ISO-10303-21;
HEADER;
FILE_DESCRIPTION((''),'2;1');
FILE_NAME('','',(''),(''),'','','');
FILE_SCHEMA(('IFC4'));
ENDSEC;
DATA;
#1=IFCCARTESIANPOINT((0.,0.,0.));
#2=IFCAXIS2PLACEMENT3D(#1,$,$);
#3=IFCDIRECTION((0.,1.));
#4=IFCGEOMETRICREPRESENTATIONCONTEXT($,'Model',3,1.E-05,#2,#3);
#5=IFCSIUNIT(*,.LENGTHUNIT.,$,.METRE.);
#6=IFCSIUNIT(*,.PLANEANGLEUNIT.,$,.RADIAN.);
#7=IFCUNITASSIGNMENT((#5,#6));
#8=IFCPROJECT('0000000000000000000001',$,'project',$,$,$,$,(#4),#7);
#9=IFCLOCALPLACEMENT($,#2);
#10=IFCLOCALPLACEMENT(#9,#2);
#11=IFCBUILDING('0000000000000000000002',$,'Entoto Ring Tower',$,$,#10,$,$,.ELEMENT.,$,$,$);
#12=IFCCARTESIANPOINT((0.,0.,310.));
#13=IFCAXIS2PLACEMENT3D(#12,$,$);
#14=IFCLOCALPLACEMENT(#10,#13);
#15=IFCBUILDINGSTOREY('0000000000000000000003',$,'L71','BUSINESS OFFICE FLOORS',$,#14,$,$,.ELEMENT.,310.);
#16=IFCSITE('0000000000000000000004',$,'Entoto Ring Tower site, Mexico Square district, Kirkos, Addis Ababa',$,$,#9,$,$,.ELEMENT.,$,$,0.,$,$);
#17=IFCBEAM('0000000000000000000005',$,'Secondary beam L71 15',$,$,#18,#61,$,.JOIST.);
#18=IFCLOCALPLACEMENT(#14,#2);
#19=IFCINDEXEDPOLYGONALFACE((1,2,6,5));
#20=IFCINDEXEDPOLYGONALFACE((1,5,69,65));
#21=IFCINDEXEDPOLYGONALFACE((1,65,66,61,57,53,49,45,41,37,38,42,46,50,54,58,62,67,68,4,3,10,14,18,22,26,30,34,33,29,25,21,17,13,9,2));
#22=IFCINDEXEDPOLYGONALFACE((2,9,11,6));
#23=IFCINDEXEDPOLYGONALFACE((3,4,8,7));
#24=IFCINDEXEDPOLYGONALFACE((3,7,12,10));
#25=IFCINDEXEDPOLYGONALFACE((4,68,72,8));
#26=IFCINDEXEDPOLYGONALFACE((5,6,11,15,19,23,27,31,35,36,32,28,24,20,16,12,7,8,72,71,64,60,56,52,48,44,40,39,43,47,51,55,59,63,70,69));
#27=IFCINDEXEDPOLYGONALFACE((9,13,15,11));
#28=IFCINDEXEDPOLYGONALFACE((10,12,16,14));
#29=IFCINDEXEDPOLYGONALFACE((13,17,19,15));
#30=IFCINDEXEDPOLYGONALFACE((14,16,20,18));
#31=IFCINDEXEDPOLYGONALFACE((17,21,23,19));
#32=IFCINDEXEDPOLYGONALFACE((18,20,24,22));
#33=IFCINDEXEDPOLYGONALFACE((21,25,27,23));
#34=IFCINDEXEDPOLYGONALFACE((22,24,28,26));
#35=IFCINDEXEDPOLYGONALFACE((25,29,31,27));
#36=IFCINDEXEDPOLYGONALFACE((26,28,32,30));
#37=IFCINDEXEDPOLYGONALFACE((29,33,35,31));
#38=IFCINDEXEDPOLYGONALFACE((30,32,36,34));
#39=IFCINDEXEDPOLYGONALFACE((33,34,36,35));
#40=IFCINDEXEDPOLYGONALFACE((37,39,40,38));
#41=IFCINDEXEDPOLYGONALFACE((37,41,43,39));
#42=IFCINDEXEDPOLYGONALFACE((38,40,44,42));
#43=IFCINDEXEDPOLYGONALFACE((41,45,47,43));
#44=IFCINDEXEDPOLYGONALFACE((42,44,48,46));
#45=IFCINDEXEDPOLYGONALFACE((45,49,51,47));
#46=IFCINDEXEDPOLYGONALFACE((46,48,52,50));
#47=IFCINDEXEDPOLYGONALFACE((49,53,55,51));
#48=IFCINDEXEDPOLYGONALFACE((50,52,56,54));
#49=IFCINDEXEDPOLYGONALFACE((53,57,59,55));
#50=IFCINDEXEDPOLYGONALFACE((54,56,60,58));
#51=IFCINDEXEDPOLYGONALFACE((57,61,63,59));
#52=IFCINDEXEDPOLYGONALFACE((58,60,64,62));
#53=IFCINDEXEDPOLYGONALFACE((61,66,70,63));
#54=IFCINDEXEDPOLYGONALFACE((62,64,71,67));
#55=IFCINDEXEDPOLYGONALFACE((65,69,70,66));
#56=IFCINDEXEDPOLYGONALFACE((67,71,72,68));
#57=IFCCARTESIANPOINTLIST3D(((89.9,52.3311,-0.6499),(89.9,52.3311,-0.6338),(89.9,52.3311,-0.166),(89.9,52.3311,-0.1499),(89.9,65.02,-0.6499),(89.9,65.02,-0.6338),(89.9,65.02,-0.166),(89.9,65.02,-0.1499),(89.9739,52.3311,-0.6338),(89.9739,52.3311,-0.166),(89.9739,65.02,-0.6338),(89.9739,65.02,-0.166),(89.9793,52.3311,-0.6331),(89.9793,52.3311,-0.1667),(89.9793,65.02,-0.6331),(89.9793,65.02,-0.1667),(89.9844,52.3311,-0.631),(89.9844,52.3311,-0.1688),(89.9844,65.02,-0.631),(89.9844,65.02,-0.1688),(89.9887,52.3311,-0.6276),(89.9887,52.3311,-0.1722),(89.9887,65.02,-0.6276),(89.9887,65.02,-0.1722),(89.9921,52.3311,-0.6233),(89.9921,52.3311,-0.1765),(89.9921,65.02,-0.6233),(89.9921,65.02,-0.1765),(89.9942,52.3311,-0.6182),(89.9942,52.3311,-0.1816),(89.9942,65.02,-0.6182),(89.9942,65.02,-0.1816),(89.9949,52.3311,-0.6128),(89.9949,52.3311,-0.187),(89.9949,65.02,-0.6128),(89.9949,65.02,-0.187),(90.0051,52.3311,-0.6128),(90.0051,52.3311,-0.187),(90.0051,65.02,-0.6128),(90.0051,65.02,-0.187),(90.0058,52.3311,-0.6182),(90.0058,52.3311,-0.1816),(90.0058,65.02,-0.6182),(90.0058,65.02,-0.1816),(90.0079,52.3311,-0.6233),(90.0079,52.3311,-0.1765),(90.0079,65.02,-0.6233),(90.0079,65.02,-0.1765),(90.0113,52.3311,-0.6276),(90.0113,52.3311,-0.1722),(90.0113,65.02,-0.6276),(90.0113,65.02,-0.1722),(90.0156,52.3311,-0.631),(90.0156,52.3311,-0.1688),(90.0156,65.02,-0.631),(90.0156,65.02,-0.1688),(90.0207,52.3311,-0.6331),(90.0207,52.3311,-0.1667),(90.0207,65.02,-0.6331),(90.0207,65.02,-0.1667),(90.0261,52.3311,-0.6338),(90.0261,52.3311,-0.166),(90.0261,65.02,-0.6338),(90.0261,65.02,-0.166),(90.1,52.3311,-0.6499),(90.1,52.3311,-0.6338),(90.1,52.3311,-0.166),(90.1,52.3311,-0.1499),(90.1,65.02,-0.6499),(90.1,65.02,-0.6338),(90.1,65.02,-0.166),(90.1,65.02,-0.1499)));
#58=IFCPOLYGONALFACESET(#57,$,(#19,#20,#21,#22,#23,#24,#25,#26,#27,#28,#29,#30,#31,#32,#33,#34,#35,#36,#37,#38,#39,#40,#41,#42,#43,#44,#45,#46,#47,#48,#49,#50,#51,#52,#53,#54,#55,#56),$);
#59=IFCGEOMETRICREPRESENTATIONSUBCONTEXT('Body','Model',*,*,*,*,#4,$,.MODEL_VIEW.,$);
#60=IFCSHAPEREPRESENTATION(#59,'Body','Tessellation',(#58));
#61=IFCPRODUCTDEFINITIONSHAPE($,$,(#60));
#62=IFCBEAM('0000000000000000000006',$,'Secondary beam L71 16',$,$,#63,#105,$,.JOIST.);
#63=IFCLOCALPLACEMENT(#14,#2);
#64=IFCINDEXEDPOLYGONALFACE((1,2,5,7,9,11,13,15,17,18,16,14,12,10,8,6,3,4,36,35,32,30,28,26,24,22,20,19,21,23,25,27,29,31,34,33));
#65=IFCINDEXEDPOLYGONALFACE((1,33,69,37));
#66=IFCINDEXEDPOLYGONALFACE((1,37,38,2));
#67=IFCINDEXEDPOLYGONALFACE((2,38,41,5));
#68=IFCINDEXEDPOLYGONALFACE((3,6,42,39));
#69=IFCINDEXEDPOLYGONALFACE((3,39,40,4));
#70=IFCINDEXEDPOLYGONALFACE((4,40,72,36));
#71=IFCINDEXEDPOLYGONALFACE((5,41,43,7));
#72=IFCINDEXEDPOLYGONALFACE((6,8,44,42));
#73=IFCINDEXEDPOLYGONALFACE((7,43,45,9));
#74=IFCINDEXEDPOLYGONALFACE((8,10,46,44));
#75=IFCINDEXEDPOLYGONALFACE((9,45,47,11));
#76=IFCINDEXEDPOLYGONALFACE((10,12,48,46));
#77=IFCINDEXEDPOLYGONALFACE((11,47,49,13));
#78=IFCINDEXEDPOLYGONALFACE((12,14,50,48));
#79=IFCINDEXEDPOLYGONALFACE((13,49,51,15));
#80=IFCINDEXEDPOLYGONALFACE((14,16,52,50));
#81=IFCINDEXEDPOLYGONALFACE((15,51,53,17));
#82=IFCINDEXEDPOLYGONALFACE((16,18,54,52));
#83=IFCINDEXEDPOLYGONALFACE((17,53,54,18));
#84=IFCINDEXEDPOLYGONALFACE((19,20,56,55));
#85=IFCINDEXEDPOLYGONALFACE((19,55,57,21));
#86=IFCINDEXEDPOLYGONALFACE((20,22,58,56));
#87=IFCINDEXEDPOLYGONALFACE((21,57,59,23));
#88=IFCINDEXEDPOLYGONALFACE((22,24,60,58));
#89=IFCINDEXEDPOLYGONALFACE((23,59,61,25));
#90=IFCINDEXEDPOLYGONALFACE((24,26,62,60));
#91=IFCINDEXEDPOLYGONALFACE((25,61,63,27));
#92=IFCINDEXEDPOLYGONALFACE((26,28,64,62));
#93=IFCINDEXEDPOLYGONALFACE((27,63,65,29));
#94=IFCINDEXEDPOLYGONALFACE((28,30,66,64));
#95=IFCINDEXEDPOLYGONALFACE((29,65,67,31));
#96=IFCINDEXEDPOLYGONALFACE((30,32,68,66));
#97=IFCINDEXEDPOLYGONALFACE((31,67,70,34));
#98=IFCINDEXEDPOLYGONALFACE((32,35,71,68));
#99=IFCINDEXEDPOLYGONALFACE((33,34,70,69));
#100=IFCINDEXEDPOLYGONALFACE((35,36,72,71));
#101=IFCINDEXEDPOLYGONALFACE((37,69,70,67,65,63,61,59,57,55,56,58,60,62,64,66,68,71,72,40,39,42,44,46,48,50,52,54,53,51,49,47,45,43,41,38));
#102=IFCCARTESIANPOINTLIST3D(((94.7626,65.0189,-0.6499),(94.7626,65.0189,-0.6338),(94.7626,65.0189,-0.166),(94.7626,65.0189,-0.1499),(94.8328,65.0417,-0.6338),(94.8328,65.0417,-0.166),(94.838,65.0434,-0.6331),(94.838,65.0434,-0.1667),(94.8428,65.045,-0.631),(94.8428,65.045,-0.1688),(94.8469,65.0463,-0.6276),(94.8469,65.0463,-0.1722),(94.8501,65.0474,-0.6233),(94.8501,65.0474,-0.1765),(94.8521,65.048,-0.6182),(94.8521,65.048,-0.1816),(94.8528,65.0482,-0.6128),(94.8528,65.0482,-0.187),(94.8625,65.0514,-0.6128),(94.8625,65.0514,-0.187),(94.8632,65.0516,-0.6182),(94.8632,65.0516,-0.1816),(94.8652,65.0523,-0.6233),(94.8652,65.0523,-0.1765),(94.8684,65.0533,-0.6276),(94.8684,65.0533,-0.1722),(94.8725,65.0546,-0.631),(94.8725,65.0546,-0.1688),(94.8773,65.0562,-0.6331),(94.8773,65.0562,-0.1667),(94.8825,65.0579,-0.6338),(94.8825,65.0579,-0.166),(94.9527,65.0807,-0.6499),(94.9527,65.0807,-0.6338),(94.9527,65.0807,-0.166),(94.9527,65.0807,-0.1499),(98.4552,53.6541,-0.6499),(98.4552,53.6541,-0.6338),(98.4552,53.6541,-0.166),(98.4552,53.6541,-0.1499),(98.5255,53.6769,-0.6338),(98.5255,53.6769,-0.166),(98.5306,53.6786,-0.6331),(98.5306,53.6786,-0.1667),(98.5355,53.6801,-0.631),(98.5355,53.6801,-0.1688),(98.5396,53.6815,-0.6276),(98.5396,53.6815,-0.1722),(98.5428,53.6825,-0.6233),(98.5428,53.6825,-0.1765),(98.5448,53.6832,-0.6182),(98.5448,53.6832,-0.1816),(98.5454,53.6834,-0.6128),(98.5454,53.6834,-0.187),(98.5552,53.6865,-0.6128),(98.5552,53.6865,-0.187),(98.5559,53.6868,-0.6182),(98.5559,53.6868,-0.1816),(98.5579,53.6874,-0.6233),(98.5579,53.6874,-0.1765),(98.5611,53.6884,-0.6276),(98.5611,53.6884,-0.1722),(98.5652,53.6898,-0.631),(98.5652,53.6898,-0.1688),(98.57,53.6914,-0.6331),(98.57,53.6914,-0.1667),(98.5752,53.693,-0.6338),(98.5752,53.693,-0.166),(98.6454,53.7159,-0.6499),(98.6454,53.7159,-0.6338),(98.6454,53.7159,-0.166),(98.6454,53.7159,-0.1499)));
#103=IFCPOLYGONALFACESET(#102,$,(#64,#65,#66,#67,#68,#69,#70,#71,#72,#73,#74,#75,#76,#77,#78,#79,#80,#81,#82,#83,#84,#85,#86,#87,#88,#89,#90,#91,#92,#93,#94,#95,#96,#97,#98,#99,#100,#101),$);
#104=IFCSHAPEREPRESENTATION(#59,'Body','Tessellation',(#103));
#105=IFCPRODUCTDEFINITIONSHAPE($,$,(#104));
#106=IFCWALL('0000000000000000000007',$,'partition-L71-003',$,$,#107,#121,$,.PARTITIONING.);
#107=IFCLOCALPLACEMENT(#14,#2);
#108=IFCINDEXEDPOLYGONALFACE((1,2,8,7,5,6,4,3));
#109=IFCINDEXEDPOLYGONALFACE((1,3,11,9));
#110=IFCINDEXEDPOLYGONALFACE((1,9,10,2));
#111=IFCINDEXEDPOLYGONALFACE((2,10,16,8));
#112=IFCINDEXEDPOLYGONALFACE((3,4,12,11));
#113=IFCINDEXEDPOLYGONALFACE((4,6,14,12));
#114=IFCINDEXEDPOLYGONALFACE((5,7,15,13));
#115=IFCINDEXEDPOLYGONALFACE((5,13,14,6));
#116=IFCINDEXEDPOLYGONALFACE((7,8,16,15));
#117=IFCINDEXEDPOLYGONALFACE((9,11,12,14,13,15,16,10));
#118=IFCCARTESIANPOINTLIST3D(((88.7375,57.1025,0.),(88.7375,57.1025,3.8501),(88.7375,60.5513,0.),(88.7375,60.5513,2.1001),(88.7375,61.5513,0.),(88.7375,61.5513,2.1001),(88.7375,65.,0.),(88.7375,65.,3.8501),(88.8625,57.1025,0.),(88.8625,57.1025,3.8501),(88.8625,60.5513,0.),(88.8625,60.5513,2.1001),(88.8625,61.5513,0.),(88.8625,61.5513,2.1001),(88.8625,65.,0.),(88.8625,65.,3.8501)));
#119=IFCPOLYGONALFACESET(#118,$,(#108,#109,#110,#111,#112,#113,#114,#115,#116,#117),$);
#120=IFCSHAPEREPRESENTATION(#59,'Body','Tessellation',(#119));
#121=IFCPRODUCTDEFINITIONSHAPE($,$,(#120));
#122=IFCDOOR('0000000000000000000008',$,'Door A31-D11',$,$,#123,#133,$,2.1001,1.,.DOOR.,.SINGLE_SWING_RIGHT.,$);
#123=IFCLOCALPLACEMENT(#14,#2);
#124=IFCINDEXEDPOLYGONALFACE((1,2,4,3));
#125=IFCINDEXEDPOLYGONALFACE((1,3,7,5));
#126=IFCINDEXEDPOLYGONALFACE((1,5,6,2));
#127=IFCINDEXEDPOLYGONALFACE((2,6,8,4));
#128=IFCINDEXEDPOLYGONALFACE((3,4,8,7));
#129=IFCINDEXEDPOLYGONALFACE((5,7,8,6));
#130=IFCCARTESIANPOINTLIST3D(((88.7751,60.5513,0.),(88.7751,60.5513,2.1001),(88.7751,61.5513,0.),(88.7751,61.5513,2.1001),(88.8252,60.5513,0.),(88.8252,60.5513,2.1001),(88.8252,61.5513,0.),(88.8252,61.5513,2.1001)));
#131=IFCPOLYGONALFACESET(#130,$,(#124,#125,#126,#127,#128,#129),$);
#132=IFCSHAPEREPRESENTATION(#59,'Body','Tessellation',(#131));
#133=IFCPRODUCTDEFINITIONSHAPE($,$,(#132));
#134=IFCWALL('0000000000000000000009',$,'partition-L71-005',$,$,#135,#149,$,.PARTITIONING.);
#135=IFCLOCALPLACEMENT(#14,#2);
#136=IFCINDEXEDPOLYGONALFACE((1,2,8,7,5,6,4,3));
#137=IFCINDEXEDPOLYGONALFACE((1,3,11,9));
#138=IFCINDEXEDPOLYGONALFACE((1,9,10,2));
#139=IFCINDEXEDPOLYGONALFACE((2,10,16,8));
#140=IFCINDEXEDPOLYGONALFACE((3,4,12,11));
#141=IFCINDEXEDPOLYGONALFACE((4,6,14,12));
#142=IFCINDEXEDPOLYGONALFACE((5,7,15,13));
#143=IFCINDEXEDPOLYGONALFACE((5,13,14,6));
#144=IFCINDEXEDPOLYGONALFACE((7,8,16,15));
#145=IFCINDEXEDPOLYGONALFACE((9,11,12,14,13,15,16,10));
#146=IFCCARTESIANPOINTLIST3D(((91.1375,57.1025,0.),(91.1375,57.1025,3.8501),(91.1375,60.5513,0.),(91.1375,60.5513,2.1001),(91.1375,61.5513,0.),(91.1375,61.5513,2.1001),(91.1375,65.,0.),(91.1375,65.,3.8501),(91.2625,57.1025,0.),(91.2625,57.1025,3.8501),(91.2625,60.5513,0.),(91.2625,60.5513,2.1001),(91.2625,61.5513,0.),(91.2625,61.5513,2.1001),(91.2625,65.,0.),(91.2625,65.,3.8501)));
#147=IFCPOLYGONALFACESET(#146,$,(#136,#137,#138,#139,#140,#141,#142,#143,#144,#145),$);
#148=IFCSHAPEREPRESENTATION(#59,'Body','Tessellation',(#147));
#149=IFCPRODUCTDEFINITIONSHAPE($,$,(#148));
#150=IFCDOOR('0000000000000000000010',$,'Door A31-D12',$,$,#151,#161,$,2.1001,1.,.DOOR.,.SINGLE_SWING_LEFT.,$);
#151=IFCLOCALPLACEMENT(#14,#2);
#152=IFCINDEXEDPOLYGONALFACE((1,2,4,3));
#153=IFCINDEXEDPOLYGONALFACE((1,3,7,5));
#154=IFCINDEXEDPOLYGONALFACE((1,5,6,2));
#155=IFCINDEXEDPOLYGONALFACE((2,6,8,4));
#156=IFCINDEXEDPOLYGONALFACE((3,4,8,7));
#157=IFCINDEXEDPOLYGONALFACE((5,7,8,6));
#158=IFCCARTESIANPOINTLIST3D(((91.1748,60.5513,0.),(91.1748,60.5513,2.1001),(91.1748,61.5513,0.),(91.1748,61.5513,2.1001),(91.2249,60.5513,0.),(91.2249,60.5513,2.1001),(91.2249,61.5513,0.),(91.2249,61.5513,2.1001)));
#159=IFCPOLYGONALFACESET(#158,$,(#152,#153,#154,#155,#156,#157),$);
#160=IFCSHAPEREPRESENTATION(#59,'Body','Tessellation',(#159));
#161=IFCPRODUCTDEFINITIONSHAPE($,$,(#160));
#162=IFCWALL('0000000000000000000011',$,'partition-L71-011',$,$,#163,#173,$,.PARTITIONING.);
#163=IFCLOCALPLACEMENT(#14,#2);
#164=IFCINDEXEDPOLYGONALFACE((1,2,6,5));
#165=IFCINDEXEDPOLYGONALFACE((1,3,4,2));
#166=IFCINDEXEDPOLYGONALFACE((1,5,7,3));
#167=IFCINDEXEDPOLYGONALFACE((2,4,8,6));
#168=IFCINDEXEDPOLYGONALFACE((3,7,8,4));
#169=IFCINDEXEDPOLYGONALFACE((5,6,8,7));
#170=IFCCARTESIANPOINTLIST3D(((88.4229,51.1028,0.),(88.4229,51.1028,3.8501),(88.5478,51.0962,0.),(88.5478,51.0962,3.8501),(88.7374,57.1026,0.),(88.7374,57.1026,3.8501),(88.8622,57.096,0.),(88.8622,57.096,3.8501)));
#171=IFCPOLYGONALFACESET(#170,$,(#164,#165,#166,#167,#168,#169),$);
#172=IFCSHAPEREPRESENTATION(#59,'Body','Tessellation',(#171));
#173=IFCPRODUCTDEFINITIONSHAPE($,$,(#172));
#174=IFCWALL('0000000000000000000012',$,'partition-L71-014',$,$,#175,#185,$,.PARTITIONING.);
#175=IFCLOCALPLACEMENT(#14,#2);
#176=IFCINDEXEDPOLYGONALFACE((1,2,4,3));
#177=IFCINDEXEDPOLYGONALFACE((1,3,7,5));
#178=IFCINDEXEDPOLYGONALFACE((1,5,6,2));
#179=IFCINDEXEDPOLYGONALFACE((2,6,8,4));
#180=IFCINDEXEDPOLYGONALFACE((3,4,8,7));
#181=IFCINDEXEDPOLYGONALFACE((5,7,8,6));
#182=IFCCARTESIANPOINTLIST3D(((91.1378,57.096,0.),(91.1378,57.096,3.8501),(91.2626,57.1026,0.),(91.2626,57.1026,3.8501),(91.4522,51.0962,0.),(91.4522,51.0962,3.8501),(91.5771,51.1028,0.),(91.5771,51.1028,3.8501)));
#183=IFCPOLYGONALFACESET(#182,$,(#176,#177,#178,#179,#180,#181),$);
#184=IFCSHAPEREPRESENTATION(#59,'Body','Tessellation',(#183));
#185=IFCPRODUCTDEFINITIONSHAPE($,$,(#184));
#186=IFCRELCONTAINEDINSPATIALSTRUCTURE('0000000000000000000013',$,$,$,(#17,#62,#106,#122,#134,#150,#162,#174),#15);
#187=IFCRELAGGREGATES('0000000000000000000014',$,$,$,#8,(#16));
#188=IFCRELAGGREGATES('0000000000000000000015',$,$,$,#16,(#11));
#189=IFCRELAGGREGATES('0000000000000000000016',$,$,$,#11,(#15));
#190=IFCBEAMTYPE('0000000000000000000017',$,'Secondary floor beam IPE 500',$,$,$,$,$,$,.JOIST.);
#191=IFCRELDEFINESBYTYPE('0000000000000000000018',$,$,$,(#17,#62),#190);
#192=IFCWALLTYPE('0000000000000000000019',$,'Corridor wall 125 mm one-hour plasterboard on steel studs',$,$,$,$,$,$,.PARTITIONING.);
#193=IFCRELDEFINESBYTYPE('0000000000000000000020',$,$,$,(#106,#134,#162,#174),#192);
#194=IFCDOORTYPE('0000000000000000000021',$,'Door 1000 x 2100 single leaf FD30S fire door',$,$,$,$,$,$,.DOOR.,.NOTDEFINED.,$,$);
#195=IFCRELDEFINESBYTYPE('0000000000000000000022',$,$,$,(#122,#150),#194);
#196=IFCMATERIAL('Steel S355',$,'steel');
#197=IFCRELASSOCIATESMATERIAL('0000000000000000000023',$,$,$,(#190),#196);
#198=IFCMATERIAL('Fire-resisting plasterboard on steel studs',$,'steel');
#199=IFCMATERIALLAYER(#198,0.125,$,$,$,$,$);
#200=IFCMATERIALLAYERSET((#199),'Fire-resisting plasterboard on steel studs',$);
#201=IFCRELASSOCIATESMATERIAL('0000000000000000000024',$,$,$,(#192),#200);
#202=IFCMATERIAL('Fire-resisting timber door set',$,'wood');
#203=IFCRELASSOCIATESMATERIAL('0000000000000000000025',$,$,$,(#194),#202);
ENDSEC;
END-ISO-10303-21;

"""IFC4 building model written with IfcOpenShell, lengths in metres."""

from ifc_helpers import new_model, si_unit, direction, frame, frame_2d, origin, origin_2d, place, context, subcontext, project, spatial, rectangle, i_section, extrude, material, layer, layer_set, material_profile, profile_set, type_object, element, fill, save


model = new_model("IFC4")

# Units and contexts
model_context = context("Model", 3, precision=1e-05, world=origin(), true_north=direction((0.0, 1.0)))
body_context = subcontext(model_context, "Body", "Model", "MODEL_VIEW")
ifc_project = project(units=[si_unit("LENGTHUNIT", "METRE"), si_unit("PLANEANGLEUNIT", "RADIAN")], contexts=[model_context])

# Site, building, storey
site_placement = place(None, origin())
site = spatial("IfcSite", under=ifc_project, at=site_placement, Name="Entoto Ring Tower site, Mexico Square district, Kirkos, Addis Ababa", CompositionType="ELEMENT", RefElevation=0.0)
building_placement = place(site_placement, origin())
building = spatial("IfcBuilding", under=site, at=building_placement, Name="Entoto Ring Tower", CompositionType="ELEMENT")
storey_placement = place(building_placement, frame((0.0, 0.0, 310.0)))
storey = spatial("IfcBuildingStorey", under=building, at=storey_placement, Name="L71", Description="BUSINESS OFFICE FLOORS", CompositionType="ELEMENT", Elevation=310.0)

# Beams
ifc_material_1 = material(Name="Steel S355", Category="steel")
ifc_material_profile_1 = material_profile(ifc_material_1, i_section(OverallWidth=0.2, OverallDepth=0.5, WebThickness=0.0103, FlangeThickness=0.0161, FilletRadius=0.021, at=origin_2d()), Name="IPE 500")
ifc_profile_set_1 = profile_set([ifc_material_profile_1], Name="Steel S355")
beam_type_1 = type_object("IfcBeamType", Name="Secondary floor beam IPE 500", PredefinedType="JOIST", material=ifc_profile_set_1)
beam_1_placement = place(storey_placement, frame((90.0, 65.02, -0.3999), z_axis=(0.0, -1.0, 0.0), x_axis=(1.0, 0.0, 0.0)))
element("IfcBeam", 1, at=beam_1_placement, inside=storey, type_object=beam_type_1, Name="Secondary beam L71 15", PredefinedType="JOIST", context=body_context, shape_type="SweptSolid", body=[
    extrude(i_section(OverallWidth=0.2, OverallDepth=0.5, WebThickness=0.0103, FlangeThickness=0.0161, FilletRadius=0.021, at=origin_2d()), origin(), (0.0, 0.0, 1.0), 12.689),
])
beam_2_placement = place(storey_placement, frame((94.8577, 65.0498, -0.3999), z_axis=(0.309017, -0.951057, 0.0), x_axis=(0.951057, 0.309017, 0.0)))
element("IfcBeam", 2, at=beam_2_placement, inside=storey, type_object=beam_type_1, Name="Secondary beam L71 16", PredefinedType="JOIST", context=body_context, shape_type="SweptSolid", body=[
    extrude(i_section(OverallWidth=0.2, OverallDepth=0.5, WebThickness=0.0103, FlangeThickness=0.0161, FilletRadius=0.021, at=origin_2d()), origin(), (0.0, 0.0, 1.0), 11.9497),
])

# Walls, openings, doors
ifc_material_2 = material(Name="Fire-resisting plasterboard on steel studs", Category="steel")
ifc_layer = layer(ifc_material_2, 0.125)
ifc_layer_set = layer_set([ifc_layer], Name="Fire-resisting plasterboard on steel studs")
wall_type = type_object("IfcWallType", Name="Corridor wall 125 mm one-hour plasterboard on steel studs", PredefinedType="PARTITIONING", material=ifc_layer_set)
wall_1_placement = place(storey_placement, frame((88.8, 57.1025, 0.0), z_axis=(0.0, 0.0, 1.0), x_axis=(0.0, 1.0, 0.0)))
wall_1 = element("IfcWall", 3, at=wall_1_placement, inside=storey, type_object=wall_type, Name="partition-L71-003", PredefinedType="PARTITIONING", context=body_context, shape_type="SweptSolid", body=[
    extrude(rectangle(XDim=7.8975, YDim=0.125, at=frame_2d((3.9487, 0.0))), origin(), (0.0, 0.0, 1.0), 3.8501),
])
opening_1_placement = place(wall_1_placement, frame((3.4487, 0.0, 0.0)))
opening_1 = element("IfcOpeningElement", 4, at=opening_1_placement, cuts=wall_1, PredefinedType="OPENING", context=body_context, shape_type="SweptSolid", body=[
    extrude(rectangle(XDim=1.0, YDim=2.1001, at=frame_2d((0.5, 1.05))), frame((0.0, 0.0725, 0.0), z_axis=(0.0, -1.0, 0.0), x_axis=(1.0, 0.0, 0.0)), (0.0, 0.0, 1.0), 0.145),
])
ifc_material_3 = material(Name="Fire-resisting timber door set", Category="wood")
door_type = type_object("IfcDoorType", Name="Door 1000 x 2100 single leaf FD30S fire door", OperationType="NOTDEFINED", PredefinedType="DOOR", material=ifc_material_3)
door_1_placement = place(opening_1_placement, origin())
door_1 = element("IfcDoor", 5, at=door_1_placement, inside=storey, type_object=door_type, Name="Door A31-D11", OperationType="SINGLE_SWING_RIGHT", OverallHeight=2.1001, OverallWidth=1.0, PredefinedType="DOOR", context=body_context, shape_type="SweptSolid", body=[
    extrude(rectangle(XDim=1.0, YDim=2.1001, at=frame_2d((0.5, 1.05))), frame((0.0, 0.0249, 0.0), z_axis=(0.0, -1.0, 0.0), x_axis=(1.0, 0.0, 0.0)), (0.0, 0.0, 1.0), 0.05),
])
fill(opening_1, door_1)
wall_2_placement = place(storey_placement, frame((91.2, 57.1025, 0.0), z_axis=(0.0, 0.0, 1.0), x_axis=(0.0, 1.0, 0.0)))
wall_2 = element("IfcWall", 6, at=wall_2_placement, inside=storey, type_object=wall_type, Name="partition-L71-005", PredefinedType="PARTITIONING", context=body_context, shape_type="SweptSolid", body=[
    extrude(rectangle(XDim=7.8975, YDim=0.125, at=frame_2d((3.9487, 0.0))), origin(), (0.0, 0.0, 1.0), 3.8501),
])
opening_2_placement = place(wall_2_placement, frame((3.4487, 0.0, 0.0)))
opening_2 = element("IfcOpeningElement", 7, at=opening_2_placement, cuts=wall_2, PredefinedType="OPENING", context=body_context, shape_type="SweptSolid", body=[
    extrude(rectangle(XDim=1.0, YDim=2.1001, at=frame_2d((0.5, 1.05))), frame((0.0, 0.0725, 0.0), z_axis=(0.0, -1.0, 0.0), x_axis=(1.0, 0.0, 0.0)), (0.0, 0.0, 1.0), 0.145),
])
door_2_placement = place(opening_2_placement, frame((1.0, 0.0, 0.0), z_axis=(0.0, 0.0, 1.0), x_axis=(-1.0, 0.0, 0.0)))
door_2 = element("IfcDoor", 8, at=door_2_placement, inside=storey, type_object=door_type, Name="Door A31-D12", OperationType="SINGLE_SWING_LEFT", OverallHeight=2.1001, OverallWidth=1.0, PredefinedType="DOOR", context=body_context, shape_type="SweptSolid", body=[
    extrude(rectangle(XDim=1.0, YDim=2.1001, at=frame_2d((0.5, 1.05))), frame((0.0, 0.0249, 0.0), z_axis=(0.0, -1.0, 0.0), x_axis=(1.0, 0.0, 0.0)), (0.0, 0.0, 1.0), 0.05),
])
fill(opening_2, door_2)

# Walls
for number, where, z_axis, x_axis, name in (
    (9, (88.4854, 51.0996, 0.0), (0.0, 0.0, 1.0), (0.052339, 0.998629, 0.0), "partition-L71-011"),
    (10, (91.5146, 51.0996, 0.0), (0.0, 0.0, 1.0), (-0.052339, 0.998629, 0.0), "partition-L71-014"),
):
    element("IfcWall", number, at=place(storey_placement, frame(where, z_axis=z_axis, x_axis=x_axis)), inside=storey, type_object=wall_type, Name=name, PredefinedType="PARTITIONING", context=body_context, shape_type="SweptSolid", body=[
        extrude(rectangle(XDim=6.0081, YDim=0.125, at=frame_2d((3.0039, 0.0))), origin(), (0.0, 0.0, 1.0), 3.8501),
    ])

save(model, "model.ifc")
